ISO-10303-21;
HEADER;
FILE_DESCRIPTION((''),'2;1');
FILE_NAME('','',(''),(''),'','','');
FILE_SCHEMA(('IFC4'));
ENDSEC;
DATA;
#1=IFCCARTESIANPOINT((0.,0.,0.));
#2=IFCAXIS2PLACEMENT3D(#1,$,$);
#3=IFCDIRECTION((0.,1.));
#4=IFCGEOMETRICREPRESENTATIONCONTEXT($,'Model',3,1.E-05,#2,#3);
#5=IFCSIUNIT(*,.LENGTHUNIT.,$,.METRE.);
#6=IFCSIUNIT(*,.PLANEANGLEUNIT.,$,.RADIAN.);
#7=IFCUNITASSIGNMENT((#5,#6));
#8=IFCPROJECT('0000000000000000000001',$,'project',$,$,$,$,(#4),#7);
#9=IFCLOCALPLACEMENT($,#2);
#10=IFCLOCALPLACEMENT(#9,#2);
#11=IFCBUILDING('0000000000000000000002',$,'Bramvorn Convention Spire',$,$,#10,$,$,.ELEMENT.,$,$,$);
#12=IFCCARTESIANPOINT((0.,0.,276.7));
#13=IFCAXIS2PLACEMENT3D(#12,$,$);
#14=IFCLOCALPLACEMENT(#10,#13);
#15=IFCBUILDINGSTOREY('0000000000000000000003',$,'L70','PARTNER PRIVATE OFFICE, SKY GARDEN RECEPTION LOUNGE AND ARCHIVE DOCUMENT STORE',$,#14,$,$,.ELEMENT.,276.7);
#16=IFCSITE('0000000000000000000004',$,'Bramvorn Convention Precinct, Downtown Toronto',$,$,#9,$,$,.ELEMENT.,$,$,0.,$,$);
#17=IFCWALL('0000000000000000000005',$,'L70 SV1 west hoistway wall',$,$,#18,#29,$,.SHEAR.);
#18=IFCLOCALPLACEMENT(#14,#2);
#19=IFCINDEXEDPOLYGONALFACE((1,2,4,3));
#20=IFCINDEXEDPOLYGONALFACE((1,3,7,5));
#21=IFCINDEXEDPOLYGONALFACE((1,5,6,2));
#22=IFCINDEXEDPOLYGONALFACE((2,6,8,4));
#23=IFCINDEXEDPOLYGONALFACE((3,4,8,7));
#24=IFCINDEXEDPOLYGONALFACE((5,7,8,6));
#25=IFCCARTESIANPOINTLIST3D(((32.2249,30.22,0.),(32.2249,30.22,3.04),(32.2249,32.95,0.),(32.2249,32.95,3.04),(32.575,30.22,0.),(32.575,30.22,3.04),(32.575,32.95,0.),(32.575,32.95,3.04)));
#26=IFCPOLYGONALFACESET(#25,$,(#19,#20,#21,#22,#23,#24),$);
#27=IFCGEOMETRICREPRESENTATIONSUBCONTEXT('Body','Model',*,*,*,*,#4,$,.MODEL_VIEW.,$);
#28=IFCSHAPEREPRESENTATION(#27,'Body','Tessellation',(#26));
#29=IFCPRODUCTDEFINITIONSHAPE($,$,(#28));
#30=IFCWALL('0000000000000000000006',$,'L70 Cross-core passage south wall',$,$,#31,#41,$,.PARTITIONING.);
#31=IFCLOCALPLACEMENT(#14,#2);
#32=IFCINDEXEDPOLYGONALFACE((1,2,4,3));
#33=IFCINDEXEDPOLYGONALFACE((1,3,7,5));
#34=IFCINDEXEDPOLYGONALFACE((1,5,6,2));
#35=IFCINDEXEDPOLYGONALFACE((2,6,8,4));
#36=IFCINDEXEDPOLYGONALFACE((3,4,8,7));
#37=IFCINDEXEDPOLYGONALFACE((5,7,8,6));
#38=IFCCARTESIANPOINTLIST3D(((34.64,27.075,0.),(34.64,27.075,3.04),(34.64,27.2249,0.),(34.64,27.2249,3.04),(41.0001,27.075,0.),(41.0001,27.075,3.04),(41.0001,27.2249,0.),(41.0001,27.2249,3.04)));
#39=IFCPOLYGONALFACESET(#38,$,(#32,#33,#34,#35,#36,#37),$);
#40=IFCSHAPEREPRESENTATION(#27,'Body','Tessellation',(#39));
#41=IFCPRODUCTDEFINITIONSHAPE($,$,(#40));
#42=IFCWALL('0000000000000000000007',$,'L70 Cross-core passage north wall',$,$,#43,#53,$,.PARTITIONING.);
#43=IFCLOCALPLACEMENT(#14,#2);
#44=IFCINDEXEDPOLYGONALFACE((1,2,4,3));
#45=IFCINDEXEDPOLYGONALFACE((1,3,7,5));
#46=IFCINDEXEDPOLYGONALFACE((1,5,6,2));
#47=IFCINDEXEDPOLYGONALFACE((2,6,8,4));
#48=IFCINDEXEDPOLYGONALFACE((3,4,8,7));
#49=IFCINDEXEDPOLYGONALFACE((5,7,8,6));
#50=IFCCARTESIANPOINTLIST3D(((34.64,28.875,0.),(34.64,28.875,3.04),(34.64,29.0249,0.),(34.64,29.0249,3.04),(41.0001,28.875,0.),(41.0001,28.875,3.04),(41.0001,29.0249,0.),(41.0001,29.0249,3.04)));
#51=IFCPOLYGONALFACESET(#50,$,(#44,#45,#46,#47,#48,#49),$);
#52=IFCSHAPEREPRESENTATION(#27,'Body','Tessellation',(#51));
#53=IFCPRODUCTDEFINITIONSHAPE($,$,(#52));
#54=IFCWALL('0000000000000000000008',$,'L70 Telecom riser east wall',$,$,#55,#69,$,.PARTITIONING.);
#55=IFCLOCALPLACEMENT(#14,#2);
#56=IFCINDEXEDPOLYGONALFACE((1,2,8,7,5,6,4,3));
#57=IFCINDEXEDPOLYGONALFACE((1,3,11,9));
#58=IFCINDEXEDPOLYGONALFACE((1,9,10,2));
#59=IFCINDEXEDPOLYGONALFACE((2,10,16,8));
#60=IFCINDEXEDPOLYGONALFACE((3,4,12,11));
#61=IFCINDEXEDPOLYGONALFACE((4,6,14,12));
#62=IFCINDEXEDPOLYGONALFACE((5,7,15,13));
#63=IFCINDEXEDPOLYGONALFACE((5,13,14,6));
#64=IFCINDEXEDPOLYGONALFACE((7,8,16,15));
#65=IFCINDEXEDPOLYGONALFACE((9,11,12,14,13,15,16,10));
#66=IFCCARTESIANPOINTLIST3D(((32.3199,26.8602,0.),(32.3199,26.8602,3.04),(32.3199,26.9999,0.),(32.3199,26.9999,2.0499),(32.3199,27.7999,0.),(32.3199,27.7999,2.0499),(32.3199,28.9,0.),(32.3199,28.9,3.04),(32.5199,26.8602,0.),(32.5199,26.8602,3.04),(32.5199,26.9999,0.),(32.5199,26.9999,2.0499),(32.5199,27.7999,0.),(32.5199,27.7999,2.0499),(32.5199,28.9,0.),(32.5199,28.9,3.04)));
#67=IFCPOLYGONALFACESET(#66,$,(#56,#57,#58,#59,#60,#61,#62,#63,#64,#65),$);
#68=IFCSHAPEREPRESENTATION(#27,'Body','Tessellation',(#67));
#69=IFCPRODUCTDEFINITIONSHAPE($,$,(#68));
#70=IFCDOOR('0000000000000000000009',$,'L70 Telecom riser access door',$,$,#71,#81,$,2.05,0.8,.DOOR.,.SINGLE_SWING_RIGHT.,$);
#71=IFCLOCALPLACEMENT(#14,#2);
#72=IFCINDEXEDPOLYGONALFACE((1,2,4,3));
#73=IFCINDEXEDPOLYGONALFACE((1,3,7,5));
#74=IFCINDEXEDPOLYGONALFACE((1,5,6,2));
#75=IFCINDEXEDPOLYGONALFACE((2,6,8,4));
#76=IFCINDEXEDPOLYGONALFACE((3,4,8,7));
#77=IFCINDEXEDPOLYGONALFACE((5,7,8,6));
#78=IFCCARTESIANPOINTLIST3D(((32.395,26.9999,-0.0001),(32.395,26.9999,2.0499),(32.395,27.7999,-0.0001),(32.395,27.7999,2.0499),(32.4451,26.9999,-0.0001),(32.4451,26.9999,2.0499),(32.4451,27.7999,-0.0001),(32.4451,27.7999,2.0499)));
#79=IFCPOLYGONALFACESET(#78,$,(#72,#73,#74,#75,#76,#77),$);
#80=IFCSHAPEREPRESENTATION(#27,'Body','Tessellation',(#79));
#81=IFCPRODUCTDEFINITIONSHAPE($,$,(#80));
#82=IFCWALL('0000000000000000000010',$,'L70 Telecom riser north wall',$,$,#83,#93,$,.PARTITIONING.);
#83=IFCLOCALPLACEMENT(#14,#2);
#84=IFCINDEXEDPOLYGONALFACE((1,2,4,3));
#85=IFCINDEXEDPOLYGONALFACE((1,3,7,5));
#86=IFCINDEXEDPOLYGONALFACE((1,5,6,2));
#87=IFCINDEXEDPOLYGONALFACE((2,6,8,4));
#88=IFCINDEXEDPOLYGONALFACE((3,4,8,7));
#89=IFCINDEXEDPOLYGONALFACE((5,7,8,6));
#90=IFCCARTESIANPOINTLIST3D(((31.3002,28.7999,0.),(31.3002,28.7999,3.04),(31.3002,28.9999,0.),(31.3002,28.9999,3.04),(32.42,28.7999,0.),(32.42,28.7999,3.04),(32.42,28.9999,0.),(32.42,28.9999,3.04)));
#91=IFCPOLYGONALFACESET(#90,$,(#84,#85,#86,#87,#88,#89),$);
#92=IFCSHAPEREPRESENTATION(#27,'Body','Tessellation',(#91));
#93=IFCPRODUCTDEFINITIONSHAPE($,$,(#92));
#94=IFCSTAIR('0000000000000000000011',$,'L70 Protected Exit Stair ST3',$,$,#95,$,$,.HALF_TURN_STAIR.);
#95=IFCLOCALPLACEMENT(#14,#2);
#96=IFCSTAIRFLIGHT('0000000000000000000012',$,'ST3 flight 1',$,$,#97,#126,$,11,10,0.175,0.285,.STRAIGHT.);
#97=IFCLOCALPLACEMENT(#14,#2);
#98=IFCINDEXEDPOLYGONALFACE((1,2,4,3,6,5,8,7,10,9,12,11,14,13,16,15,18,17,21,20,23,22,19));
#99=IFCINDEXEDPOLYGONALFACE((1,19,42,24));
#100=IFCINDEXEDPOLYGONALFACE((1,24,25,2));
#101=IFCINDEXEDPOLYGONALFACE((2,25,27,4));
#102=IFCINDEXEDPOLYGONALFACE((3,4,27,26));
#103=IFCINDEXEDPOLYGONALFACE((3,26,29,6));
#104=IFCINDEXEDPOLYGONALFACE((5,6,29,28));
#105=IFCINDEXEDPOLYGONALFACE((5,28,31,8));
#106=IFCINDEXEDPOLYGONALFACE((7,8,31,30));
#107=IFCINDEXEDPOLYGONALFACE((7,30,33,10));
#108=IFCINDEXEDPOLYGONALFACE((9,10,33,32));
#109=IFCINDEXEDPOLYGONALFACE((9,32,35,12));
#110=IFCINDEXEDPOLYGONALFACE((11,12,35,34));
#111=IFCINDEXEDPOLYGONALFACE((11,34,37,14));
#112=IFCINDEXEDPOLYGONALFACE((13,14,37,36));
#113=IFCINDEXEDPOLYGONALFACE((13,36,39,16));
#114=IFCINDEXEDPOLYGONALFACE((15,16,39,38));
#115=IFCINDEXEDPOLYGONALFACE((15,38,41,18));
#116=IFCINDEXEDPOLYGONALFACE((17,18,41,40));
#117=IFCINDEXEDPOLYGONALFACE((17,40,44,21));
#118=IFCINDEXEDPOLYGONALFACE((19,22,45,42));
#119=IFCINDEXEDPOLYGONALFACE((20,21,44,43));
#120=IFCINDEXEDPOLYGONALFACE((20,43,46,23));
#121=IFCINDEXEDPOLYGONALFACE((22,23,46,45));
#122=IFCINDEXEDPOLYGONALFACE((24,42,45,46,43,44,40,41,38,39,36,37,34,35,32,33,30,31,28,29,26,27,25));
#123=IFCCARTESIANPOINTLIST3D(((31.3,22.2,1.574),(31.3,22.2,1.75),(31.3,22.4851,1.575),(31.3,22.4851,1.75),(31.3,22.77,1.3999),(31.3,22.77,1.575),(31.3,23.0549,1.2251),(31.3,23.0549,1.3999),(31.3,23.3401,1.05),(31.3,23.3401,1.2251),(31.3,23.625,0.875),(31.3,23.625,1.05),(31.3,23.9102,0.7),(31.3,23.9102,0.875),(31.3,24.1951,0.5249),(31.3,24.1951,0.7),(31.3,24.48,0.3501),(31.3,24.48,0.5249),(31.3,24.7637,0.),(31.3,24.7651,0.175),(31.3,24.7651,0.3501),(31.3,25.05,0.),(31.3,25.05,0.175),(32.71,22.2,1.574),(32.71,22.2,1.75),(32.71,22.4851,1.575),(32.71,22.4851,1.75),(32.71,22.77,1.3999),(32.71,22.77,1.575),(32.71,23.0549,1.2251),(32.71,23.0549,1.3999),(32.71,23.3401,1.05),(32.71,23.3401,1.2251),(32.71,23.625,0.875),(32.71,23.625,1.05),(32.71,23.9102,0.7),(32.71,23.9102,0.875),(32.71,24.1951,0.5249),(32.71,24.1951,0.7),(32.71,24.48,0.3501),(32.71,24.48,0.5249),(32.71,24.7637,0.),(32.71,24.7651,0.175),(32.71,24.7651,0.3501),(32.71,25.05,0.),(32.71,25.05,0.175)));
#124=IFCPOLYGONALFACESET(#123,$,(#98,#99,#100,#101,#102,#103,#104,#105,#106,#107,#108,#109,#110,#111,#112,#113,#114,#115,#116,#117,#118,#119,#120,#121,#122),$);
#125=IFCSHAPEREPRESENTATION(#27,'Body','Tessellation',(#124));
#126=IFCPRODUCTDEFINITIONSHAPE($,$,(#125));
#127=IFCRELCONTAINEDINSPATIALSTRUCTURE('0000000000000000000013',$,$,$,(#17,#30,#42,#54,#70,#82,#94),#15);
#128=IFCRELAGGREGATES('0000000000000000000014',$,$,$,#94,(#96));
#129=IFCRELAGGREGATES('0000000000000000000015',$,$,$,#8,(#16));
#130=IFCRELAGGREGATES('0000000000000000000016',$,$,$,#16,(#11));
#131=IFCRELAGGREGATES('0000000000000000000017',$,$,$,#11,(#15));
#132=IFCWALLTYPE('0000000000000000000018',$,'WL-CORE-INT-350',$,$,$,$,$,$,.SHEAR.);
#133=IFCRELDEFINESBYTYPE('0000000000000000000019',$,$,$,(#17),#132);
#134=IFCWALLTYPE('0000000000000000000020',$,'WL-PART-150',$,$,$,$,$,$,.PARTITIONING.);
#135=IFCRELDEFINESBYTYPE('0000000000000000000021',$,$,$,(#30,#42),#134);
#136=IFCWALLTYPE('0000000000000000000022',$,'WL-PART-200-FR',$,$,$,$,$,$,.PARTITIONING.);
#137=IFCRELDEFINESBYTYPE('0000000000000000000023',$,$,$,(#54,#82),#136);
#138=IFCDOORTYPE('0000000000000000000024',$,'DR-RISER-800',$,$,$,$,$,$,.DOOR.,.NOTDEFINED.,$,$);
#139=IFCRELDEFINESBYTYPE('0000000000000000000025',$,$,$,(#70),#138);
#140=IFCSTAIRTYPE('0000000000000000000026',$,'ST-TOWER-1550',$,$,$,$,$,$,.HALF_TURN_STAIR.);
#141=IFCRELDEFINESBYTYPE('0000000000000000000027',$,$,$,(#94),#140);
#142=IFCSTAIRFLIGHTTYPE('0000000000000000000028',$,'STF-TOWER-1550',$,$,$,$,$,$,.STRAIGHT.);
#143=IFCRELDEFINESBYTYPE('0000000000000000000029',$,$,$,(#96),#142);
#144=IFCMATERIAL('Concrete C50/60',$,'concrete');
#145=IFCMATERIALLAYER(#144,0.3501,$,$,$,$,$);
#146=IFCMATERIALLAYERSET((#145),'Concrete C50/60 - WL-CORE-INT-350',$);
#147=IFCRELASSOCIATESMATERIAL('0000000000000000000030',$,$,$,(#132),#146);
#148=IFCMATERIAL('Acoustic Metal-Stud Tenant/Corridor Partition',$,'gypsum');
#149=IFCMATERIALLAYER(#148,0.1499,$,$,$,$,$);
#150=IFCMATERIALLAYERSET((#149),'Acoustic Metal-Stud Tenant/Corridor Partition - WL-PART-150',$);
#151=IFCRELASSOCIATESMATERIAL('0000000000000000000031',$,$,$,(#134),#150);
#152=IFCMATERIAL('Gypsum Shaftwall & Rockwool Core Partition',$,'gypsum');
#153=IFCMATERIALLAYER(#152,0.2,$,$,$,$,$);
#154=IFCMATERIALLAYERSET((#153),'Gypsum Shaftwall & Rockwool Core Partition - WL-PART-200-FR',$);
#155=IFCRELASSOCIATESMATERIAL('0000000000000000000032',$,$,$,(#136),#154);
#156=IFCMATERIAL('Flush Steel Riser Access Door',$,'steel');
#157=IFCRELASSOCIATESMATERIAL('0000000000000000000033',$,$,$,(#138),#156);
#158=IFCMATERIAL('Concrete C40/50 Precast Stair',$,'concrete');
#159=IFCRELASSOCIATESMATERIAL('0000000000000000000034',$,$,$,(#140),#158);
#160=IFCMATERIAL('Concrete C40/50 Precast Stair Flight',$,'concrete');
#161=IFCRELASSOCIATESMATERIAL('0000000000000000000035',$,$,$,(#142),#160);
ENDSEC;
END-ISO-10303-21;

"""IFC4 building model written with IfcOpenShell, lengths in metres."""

from ifc_helpers import new_model, si_unit, direction, frame, frame_2d, origin, place, context, subcontext, project, spatial, polyline, rectangle, outline, extrude, material, layer, layer_set, type_object, element, fill, aggregate, save


model = new_model("IFC4")

# Units and contexts
model_context = context("Model", 3, precision=1e-05, world=origin(), true_north=direction((0.0, 1.0)))
body_context = subcontext(model_context, "Body", "Model", "MODEL_VIEW")
ifc_project = project(units=[si_unit("LENGTHUNIT", "METRE"), si_unit("PLANEANGLEUNIT", "RADIAN")], contexts=[model_context])

# Site, building, storey
site_placement = place(None, origin())
site = spatial("IfcSite", under=ifc_project, at=site_placement, Name="Bramvorn Convention Precinct, Downtown Toronto", CompositionType="ELEMENT", RefElevation=0.0)
building_placement = place(site_placement, origin())
building = spatial("IfcBuilding", under=site, at=building_placement, Name="Bramvorn Convention Spire", CompositionType="ELEMENT")
storey_placement = place(building_placement, frame((0.0, 0.0, 276.7)))
storey = spatial("IfcBuildingStorey", under=building, at=storey_placement, Name="L70", Description="PARTNER PRIVATE OFFICE, SKY GARDEN RECEPTION LOUNGE AND ARCHIVE DOCUMENT STORE", CompositionType="ELEMENT", Elevation=276.7)

# Shared definitions
ifc_material_1 = material(Name="Concrete C50/60", Category="concrete")
ifc_layer_1 = layer(ifc_material_1, 0.3501)
ifc_layer_set_1 = layer_set([ifc_layer_1], Name="Concrete C50/60 - WL-CORE-INT-350")
wall_type_1 = type_object("IfcWallType", Name="WL-CORE-INT-350", PredefinedType="SHEAR", material=ifc_layer_set_1)

# Walls
wall_1_placement = place(storey_placement, frame((32.3999, 30.22, 0.0), z_axis=(0.0, 0.0, 1.0), x_axis=(0.0, 1.0, 0.0)))
element("IfcWall", 1, at=wall_1_placement, inside=storey, type_object=wall_type_1, Name="L70 SV1 west hoistway wall", PredefinedType="SHEAR", context=body_context, shape_type="SweptSolid", body=[
    extrude(rectangle(XDim=2.73, YDim=0.3501, at=frame_2d((1.365, 0.0))), origin(), (0.0, 0.0, 1.0), 3.04),
])
ifc_material_2 = material(Name="Acoustic Metal-Stud Tenant/Corridor Partition", Category="gypsum")
ifc_layer_2 = layer(ifc_material_2, 0.1499)
ifc_layer_set_2 = layer_set([ifc_layer_2], Name="Acoustic Metal-Stud Tenant/Corridor Partition - WL-PART-150")
wall_type_2 = type_object("IfcWallType", Name="WL-PART-150", PredefinedType="PARTITIONING", material=ifc_layer_set_2)
for number, where, z_axis, x_axis, name in (
    (2, (34.6399, 27.1499, 0.0), (0.0, 0.0, 1.0), (1.0, 0.0, 0.0), "L70 Cross-core passage south wall"),
    (3, (34.6399, 28.95, 0.0), (0.0, 0.0, 1.0), (1.0, 0.0, 0.0), "L70 Cross-core passage north wall"),
):
    element("IfcWall", number, at=place(storey_placement, frame(where, z_axis=z_axis, x_axis=x_axis)), inside=storey, type_object=wall_type_2, Name=name, PredefinedType="PARTITIONING", context=body_context, shape_type="SweptSolid", body=[
        extrude(rectangle(XDim=6.3601, YDim=0.1499, at=frame_2d((3.1802, 0.0))), origin(), (0.0, 0.0, 1.0), 3.04),
    ])

# Wall, opening, door
ifc_material_3 = material(Name="Gypsum Shaftwall & Rockwool Core Partition", Category="gypsum")
ifc_layer_3 = layer(ifc_material_3, 0.2)
ifc_layer_set_3 = layer_set([ifc_layer_3], Name="Gypsum Shaftwall & Rockwool Core Partition - WL-PART-200-FR")
wall_type_3 = type_object("IfcWallType", Name="WL-PART-200-FR", PredefinedType="PARTITIONING", material=ifc_layer_set_3)
wall_2_placement = place(storey_placement, frame((32.4199, 26.8601, 0.0), z_axis=(0.0, 0.0, 1.0), x_axis=(0.0, 1.0, 0.0)))
wall_2 = element("IfcWall", 4, at=wall_2_placement, inside=storey, type_object=wall_type_3, Name="L70 Telecom riser east wall", PredefinedType="PARTITIONING", context=body_context, shape_type="SweptSolid", body=[
    extrude(rectangle(XDim=2.0398, YDim=0.2, at=frame_2d((1.02, 0.0))), origin(), (0.0, 0.0, 1.0), 3.04),
])
opening_1_placement = place(wall_2_placement, frame((0.1399, 0.0, 0.0)))
opening_1 = element("IfcOpeningElement", 5, at=opening_1_placement, cuts=wall_2, PredefinedType="OPENING", context=body_context, shape_type="SweptSolid", body=[
    extrude(rectangle(XDim=0.8, YDim=2.05, at=frame_2d((0.3999, 1.0249))), frame((0.0, 0.1099, 0.0), z_axis=(0.0, -1.0, 0.0), x_axis=(1.0, 0.0, 0.0)), (0.0, 0.0, 1.0), 0.22),
])
ifc_material_4 = material(Name="Flush Steel Riser Access Door", Category="steel")
door_type_1 = type_object("IfcDoorType", Name="DR-RISER-800", OperationType="NOTDEFINED", PredefinedType="DOOR", material=ifc_material_4)
door_1_placement = place(opening_1_placement, origin())
door_1 = element("IfcDoor", 6, at=door_1_placement, inside=storey, type_object=door_type_1, Name="L70 Telecom riser access door", OperationType="SINGLE_SWING_RIGHT", OverallHeight=2.05, OverallWidth=0.8, PredefinedType="DOOR", context=body_context, shape_type="SweptSolid", body=[
    extrude(rectangle(XDim=0.8, YDim=2.05, at=frame_2d((0.3999, 1.0249))), frame((0.0, 0.0249, 0.0), z_axis=(0.0, -1.0, 0.0), x_axis=(1.0, 0.0, 0.0)), (0.0, 0.0, 1.0), 0.05),
])
fill(opening_1, door_1)

# Wall
wall_3_placement = place(storey_placement, frame((31.3, 28.8999, 0.0), z_axis=(0.0, 0.0, 1.0), x_axis=(1.0, 0.0, 0.0)))
element("IfcWall", 7, at=wall_3_placement, inside=storey, type_object=wall_type_3, Name="L70 Telecom riser north wall", PredefinedType="PARTITIONING", context=body_context, shape_type="SweptSolid", body=[
    extrude(rectangle(XDim=1.1199, YDim=0.2, at=frame_2d((0.5601, 0.0))), origin(), (0.0, 0.0, 1.0), 3.04),
])

# Stair, stair flight
ifc_material_5 = material(Name="Concrete C40/50 Precast Stair", Category="concrete")
stair_type = type_object("IfcStairType", Name="ST-TOWER-1550", PredefinedType="HALF_TURN_STAIR", material=ifc_material_5)
stair_placement = place(storey_placement, origin())
stair = element("IfcStair", 8, at=stair_placement, inside=storey, type_object=stair_type, Name="L70 Protected Exit Stair ST3", PredefinedType="HALF_TURN_STAIR")
ifc_material_6 = material(Name="Concrete C40/50 Precast Stair Flight", Category="concrete")
stair_flight_type = type_object("IfcStairFlightType", Name="STF-TOWER-1550", PredefinedType="STRAIGHT", material=ifc_material_6)
stair_flight_placement = place(storey_placement, frame((32.0049, 25.05, 0.0), z_axis=(0.0, 0.0, 1.0), x_axis=(0.0, -1.0, 0.0)))
stair_flight = element("IfcStairFlight", 9, at=stair_flight_placement, type_object=stair_flight_type, Name="ST3 flight 1", NumberOfRisers=11, NumberOfTreads=10, PredefinedType="STRAIGHT", RiserHeight=0.175, TreadLength=0.285, context=body_context, shape_type="SweptSolid", body=[
    extrude(outline(polyline([(0.0, 0.0), (0.0, 0.175), (0.2849, 0.175), (0.2849, 0.3501), (0.5701, 0.3501), (0.5701, 0.5249), (0.855, 0.5249), (0.855, 0.7), (1.1399, 0.7), (1.1399, 0.875), (1.425, 0.875), (1.425, 1.05), (1.71, 1.05), (1.71, 1.2251), (1.9951, 1.2251), (1.9951, 1.3999), (2.28, 1.3999), (2.28, 1.575), (2.5649, 1.575), (2.5649, 1.75), (2.8501, 1.75), (2.8501, 1.925), (2.8501, 1.574), (0.2864, 0.0), (0.0, 0.0)])), frame((0.0, 0.7051, 0.0), z_axis=(0.0, -1.0, 0.0), x_axis=(1.0, 0.0, 0.0)), (0.0, 0.0, 1.0), 1.4099),
])
aggregate(stair, [stair_flight])

save(model, "model.ifc")
